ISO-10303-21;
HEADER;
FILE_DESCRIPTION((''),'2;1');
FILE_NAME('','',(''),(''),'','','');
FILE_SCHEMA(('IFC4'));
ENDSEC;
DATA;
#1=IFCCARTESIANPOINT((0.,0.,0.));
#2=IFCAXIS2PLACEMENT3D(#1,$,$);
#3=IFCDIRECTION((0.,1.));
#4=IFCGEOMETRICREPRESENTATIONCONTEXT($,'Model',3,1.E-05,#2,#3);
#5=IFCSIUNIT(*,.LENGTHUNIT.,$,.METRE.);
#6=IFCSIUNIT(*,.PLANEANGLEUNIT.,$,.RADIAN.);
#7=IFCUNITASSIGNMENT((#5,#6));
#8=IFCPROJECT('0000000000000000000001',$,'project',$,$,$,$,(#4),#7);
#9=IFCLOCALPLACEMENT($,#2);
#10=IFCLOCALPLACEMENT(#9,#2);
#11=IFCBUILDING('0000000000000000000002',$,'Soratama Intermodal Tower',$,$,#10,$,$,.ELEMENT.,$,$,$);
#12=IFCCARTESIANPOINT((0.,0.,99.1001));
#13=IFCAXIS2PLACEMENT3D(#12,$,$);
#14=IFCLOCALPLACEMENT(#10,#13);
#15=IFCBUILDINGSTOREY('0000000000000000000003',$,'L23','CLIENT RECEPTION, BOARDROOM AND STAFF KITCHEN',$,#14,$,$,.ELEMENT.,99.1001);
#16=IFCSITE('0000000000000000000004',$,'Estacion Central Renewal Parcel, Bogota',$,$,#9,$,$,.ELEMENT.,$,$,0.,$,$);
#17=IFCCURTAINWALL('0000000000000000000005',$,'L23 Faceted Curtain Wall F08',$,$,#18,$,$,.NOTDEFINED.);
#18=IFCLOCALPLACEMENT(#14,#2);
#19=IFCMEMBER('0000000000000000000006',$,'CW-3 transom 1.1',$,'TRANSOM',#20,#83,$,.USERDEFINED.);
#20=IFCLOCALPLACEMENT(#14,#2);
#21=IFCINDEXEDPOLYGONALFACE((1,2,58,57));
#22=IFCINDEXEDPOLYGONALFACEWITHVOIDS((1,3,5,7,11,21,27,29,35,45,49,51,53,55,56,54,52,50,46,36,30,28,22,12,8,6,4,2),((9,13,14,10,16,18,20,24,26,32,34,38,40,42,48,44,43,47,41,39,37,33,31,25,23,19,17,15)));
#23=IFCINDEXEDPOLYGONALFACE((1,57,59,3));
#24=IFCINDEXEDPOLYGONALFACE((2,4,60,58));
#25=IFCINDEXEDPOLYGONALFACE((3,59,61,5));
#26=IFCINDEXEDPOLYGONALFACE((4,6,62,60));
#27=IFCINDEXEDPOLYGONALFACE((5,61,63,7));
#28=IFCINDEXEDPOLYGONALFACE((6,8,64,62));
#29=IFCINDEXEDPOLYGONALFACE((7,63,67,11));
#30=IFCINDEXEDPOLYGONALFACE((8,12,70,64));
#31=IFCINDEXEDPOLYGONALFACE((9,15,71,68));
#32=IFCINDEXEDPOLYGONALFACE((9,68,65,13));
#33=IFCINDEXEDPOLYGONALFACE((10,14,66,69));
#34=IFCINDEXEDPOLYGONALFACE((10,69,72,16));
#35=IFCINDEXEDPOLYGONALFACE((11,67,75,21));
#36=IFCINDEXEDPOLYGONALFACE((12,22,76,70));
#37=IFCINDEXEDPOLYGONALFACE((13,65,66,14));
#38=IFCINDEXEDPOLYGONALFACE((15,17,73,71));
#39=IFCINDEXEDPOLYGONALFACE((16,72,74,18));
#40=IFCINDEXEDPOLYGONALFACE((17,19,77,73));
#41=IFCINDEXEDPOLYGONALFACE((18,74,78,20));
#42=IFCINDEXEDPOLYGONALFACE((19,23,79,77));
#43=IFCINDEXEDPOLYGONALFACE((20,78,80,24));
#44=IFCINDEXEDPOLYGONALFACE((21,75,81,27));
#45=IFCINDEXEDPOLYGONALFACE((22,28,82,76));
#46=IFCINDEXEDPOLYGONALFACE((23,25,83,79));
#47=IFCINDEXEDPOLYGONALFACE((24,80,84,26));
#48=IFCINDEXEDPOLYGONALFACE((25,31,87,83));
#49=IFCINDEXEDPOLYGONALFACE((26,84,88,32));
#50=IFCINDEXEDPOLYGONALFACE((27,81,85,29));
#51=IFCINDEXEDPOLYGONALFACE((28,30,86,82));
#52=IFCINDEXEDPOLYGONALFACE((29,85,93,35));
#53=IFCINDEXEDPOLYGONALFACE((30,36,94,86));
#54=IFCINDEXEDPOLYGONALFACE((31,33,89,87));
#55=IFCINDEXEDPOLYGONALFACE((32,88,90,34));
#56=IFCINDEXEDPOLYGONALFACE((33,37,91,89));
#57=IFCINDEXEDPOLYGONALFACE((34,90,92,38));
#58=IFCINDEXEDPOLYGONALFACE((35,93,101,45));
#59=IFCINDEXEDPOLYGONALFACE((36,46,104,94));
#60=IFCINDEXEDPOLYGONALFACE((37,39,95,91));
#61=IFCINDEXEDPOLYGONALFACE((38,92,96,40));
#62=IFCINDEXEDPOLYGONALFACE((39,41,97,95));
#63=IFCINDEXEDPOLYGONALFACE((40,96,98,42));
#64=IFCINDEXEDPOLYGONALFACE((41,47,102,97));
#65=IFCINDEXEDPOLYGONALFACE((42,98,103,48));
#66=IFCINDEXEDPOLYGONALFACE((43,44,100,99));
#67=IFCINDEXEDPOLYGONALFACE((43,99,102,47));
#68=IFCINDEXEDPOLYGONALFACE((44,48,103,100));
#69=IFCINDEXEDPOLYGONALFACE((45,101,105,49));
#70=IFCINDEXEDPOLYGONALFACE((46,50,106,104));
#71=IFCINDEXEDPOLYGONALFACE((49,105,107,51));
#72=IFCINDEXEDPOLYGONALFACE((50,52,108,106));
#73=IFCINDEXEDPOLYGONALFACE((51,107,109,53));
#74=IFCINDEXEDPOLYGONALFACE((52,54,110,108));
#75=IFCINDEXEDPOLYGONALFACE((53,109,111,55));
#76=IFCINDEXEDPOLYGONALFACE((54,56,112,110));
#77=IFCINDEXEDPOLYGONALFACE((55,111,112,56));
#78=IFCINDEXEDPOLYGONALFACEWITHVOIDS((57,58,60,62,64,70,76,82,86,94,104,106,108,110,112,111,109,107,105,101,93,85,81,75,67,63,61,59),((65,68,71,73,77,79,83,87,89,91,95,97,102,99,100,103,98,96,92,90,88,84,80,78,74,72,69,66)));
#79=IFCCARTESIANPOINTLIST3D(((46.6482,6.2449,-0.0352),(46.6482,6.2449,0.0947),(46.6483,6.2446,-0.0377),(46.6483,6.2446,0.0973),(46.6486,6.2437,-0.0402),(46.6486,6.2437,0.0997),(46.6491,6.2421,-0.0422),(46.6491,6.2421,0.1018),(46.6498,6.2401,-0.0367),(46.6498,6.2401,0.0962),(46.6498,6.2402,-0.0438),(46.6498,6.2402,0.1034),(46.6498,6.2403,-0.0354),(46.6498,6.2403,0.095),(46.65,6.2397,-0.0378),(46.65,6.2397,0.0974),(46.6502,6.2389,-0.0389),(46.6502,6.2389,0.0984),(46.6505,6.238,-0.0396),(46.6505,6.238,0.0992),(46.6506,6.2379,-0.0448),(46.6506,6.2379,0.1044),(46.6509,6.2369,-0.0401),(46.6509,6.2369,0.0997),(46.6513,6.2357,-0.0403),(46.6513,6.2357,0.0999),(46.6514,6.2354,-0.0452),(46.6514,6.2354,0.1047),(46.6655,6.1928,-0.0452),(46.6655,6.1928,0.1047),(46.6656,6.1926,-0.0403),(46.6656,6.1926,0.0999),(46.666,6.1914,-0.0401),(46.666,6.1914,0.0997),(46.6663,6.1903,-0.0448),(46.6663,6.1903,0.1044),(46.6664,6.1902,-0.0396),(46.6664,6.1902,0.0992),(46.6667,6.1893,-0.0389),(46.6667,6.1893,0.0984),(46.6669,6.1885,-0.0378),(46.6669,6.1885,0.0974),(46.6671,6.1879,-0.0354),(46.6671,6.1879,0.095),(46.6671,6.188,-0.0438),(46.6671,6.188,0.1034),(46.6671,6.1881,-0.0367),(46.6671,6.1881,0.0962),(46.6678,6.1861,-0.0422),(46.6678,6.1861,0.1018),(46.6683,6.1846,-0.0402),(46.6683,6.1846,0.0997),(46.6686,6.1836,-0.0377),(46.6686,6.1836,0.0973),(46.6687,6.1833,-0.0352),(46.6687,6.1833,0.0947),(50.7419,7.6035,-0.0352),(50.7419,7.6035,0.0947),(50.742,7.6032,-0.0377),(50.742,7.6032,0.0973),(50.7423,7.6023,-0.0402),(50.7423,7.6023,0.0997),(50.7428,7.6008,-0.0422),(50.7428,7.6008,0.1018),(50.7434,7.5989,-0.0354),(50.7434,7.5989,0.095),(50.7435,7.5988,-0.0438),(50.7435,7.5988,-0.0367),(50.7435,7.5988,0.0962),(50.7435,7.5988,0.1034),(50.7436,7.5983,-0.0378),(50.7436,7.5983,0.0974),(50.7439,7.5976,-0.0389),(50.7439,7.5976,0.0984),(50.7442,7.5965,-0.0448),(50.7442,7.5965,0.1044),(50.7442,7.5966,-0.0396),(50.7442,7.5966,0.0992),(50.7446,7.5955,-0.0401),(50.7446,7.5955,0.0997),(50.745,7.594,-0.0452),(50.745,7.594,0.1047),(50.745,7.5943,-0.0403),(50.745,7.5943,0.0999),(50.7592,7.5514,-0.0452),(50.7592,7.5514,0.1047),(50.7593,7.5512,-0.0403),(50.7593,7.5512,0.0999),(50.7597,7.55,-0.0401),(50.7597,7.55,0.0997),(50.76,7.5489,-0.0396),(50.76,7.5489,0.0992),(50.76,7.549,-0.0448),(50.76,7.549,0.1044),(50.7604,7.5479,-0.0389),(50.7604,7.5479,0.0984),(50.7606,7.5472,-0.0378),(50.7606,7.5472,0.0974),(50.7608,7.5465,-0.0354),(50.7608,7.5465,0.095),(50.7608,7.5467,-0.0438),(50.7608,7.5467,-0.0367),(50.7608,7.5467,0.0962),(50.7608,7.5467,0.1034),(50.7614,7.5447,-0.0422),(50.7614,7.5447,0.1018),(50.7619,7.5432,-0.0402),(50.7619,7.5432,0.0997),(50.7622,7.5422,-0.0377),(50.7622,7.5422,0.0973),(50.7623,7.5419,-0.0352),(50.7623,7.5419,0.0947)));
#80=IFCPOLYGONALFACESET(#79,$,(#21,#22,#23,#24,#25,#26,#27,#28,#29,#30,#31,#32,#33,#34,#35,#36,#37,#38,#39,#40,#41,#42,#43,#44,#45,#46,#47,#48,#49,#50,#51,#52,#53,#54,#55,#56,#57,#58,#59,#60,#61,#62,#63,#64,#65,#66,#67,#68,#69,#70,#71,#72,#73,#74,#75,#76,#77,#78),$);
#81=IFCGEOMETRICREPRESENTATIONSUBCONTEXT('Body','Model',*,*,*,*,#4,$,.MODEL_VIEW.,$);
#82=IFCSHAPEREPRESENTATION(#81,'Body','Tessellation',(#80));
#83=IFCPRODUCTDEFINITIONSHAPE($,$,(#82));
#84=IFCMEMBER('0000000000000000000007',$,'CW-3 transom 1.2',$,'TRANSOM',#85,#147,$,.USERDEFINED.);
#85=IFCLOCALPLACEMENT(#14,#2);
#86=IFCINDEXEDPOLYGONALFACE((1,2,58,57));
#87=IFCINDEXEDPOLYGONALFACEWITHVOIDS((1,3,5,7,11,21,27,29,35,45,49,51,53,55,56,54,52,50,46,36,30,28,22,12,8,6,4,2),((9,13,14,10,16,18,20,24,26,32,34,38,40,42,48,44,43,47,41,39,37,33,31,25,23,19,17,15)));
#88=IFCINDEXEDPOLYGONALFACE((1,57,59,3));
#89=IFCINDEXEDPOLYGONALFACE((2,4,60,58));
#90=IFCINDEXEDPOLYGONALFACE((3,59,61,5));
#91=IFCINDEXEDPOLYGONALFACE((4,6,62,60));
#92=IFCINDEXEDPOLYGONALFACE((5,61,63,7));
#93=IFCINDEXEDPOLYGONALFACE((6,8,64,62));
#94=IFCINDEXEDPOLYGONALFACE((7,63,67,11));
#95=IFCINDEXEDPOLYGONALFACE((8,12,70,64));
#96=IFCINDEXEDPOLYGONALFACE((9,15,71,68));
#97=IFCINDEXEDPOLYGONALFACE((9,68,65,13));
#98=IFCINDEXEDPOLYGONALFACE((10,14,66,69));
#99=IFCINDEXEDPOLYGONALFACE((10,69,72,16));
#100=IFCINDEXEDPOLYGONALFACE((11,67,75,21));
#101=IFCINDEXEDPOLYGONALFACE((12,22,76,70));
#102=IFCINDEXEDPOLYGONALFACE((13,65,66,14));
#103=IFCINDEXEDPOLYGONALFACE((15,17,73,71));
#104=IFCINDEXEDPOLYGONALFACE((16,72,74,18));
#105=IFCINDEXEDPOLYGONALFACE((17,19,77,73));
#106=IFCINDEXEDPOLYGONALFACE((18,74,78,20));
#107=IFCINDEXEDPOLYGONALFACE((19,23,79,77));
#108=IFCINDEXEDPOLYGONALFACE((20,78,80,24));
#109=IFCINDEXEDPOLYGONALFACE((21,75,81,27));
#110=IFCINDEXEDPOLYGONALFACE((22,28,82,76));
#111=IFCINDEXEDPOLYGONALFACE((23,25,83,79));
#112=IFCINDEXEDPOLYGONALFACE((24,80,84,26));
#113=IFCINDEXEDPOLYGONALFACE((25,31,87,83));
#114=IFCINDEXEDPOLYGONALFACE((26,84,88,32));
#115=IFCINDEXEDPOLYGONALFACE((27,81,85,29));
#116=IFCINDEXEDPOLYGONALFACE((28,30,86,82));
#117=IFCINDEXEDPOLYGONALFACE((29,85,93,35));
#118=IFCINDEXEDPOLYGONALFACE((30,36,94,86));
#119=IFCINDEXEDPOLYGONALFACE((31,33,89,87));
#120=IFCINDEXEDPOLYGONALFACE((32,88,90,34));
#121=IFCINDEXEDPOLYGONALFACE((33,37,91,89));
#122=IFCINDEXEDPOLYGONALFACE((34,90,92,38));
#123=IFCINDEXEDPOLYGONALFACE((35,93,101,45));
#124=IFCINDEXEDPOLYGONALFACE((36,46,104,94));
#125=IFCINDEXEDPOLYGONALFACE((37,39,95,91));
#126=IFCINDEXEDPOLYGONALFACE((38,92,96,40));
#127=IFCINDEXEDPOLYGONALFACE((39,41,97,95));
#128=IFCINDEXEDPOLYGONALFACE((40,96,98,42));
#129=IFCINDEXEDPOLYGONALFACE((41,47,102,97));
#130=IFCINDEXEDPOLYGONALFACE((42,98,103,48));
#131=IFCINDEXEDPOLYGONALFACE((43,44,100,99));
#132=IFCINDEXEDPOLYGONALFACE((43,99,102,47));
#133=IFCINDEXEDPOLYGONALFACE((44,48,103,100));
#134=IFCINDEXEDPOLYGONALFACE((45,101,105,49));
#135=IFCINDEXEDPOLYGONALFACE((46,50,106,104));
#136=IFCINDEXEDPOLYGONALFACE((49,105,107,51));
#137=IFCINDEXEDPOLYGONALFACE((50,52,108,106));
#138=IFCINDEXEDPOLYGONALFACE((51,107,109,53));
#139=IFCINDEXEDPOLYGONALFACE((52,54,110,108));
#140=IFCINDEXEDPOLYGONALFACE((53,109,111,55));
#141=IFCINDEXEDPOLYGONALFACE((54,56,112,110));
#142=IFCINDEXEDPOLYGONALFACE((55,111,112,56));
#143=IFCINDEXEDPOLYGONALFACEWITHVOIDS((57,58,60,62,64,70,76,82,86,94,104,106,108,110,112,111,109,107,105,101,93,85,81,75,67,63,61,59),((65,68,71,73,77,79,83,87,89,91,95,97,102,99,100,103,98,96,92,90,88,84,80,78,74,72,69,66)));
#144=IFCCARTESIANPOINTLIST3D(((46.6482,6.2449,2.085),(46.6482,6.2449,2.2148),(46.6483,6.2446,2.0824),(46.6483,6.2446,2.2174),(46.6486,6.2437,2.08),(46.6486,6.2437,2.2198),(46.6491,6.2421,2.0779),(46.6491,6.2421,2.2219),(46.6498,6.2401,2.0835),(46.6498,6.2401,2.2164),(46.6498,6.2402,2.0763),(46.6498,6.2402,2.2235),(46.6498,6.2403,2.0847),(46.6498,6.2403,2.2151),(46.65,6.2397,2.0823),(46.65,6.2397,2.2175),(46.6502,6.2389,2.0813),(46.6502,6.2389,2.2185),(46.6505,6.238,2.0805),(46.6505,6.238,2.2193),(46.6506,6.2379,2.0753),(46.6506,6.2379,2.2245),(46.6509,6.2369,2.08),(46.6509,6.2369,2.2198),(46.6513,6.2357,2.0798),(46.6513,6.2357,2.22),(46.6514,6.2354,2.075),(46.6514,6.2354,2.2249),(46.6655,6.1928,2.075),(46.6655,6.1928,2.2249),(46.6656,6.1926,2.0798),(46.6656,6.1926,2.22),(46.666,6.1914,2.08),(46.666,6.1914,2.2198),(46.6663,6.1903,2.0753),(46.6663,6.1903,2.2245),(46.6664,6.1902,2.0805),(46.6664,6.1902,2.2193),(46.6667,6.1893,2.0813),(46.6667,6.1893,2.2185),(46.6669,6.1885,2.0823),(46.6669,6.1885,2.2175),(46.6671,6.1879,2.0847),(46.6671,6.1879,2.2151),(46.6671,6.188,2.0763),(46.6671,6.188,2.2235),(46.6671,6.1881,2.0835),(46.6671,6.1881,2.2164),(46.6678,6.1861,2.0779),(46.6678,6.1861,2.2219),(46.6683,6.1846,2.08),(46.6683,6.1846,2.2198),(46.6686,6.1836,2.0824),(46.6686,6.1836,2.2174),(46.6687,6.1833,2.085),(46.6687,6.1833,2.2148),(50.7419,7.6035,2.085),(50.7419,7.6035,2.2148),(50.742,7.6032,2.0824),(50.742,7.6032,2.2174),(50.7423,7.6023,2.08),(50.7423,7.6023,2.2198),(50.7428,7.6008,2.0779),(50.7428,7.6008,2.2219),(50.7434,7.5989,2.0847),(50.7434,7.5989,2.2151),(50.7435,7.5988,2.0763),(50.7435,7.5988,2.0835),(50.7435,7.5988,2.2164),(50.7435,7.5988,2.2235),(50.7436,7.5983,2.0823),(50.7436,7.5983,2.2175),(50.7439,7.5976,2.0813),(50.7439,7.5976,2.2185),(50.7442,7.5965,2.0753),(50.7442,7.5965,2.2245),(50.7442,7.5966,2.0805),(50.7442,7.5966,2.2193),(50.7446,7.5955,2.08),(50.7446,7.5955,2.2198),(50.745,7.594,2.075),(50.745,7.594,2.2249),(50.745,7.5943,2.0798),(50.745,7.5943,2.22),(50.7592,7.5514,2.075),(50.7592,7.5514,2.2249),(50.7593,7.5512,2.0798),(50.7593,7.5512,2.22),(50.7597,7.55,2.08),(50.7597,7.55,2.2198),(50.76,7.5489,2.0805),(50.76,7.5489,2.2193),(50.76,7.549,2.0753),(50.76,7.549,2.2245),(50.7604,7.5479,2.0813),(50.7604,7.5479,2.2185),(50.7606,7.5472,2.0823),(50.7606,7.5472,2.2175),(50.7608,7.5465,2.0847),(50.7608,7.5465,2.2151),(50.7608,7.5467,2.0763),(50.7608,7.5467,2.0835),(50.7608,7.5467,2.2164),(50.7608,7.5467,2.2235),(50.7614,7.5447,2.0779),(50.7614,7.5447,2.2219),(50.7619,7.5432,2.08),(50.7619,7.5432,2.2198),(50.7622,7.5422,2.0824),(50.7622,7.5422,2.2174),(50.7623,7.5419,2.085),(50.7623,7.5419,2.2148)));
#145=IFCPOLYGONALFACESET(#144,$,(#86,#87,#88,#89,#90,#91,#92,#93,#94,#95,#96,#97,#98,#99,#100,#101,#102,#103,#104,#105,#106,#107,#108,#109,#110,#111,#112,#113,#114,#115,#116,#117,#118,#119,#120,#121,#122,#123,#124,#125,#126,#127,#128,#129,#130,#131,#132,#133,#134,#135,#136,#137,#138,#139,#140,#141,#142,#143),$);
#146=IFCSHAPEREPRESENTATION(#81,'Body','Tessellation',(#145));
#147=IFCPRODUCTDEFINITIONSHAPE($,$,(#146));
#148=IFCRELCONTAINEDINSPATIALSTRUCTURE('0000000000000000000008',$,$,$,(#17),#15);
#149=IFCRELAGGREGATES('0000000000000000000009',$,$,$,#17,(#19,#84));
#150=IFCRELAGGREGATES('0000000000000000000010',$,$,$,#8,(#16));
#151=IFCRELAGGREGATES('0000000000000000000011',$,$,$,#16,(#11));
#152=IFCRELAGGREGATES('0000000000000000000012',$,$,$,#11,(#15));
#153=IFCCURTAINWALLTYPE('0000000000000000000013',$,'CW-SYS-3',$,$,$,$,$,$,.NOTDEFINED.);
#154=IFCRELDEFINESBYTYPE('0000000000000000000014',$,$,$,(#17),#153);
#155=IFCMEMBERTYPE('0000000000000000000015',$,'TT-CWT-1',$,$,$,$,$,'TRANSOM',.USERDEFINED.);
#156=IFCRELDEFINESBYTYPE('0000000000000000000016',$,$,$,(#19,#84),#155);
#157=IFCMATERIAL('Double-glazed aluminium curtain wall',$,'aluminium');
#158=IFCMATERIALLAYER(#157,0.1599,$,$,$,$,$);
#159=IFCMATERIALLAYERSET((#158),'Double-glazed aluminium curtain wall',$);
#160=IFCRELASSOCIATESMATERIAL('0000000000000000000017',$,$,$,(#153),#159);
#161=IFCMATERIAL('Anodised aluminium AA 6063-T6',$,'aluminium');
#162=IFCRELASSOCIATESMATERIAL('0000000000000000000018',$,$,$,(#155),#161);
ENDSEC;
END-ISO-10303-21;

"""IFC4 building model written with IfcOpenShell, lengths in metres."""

from ifc_helpers import new_model, si_unit, direction, frame, origin, origin_2d, place, context, subcontext, project, spatial, hollow_rectangle, extrude, material, layer, layer_set, material_profile, profile_set, type_object, element, aggregate, save


model = new_model("IFC4")

# Units and contexts
model_context = context("Model", 3, precision=1e-05, world=origin(), true_north=direction((0.0, 1.0)))
body_context = subcontext(model_context, "Body", "Model", "MODEL_VIEW")
ifc_project = project(units=[si_unit("LENGTHUNIT", "METRE"), si_unit("PLANEANGLEUNIT", "RADIAN")], contexts=[model_context])

# Site, building, storey
site_placement = place(None, origin())
site = spatial("IfcSite", under=ifc_project, at=site_placement, Name="Estacion Central Renewal Parcel, Bogota", CompositionType="ELEMENT", RefElevation=0.0)
building_placement = place(site_placement, origin())
building = spatial("IfcBuilding", under=site, at=building_placement, Name="Soratama Intermodal Tower", CompositionType="ELEMENT")
storey_placement = place(building_placement, frame((0.0, 0.0, 99.1001)))
storey = spatial("IfcBuildingStorey", under=building, at=storey_placement, Name="L23", Description="CLIENT RECEPTION, BOARDROOM AND STAFF KITCHEN", CompositionType="ELEMENT", Elevation=99.1001)

# Shared definitions
ifc_material_1 = material(Name="Double-glazed aluminium curtain wall", Category="aluminium")
ifc_layer_1 = layer(ifc_material_1, 0.1599)
ifc_layer_set_1 = layer_set([ifc_layer_1], Name="Double-glazed aluminium curtain wall")
curtain_wall_type = type_object("IfcCurtainWallType", Name="CW-SYS-3", PredefinedType="NOTDEFINED", material=ifc_layer_set_1)

# Curtain wall, members
curtain_wall_1_placement = place(storey_placement, origin())
curtain_wall_1 = element("IfcCurtainWall", 1, at=curtain_wall_1_placement, inside=storey, type_object=curtain_wall_type, Name="L23 Faceted Curtain Wall F08", PredefinedType="NOTDEFINED")
ifc_material_2 = material(Name="Anodised aluminium AA 6063-T6", Category="aluminium")
ifc_material_profile_1 = material_profile(ifc_material_2, hollow_rectangle(XDim=0.0649, YDim=0.1499, WallThickness=0.0049, InnerFilletRadius=0.0049, OuterFilletRadius=0.01, at=origin_2d()), Name="CWT150X65X5")
ifc_profile_set_1 = profile_set([ifc_material_profile_1], Name="Anodised aluminium AA 6063-T6")
member_type_1 = type_object("IfcMemberType", Name="TT-CWT-1", ElementType="TRANSOM", PredefinedType="USERDEFINED", material=ifc_profile_set_1)
member_1_placement = place(storey_placement, frame((46.6584, 6.2141, 0.0298), z_axis=(0.949096, 0.314988, 0.0), x_axis=(-0.314988, 0.949096, 0.0)))
member_1 = element("IfcMember", 2, at=member_1_placement, type_object=member_type_1, Name="CW-3 transom 1.1", ObjectType="TRANSOM", PredefinedType="USERDEFINED", context=body_context, shape_type="SweptSolid", body=[
    extrude(hollow_rectangle(XDim=0.0649, YDim=0.1499, WallThickness=0.0049, InnerFilletRadius=0.0049, OuterFilletRadius=0.01, at=origin_2d()), origin(), (0.0, 0.0, 1.0), 4.3132),
])
member_2_placement = place(storey_placement, frame((46.6584, 6.2141, 2.1499), z_axis=(0.949096, 0.314988, 0.0), x_axis=(-0.314988, 0.949096, 0.0)))
member_2 = element("IfcMember", 3, at=member_2_placement, type_object=member_type_1, Name="CW-3 transom 1.2", ObjectType="TRANSOM", PredefinedType="USERDEFINED", context=body_context, shape_type="SweptSolid", body=[
    extrude(hollow_rectangle(XDim=0.0649, YDim=0.1499, WallThickness=0.0049, InnerFilletRadius=0.0049, OuterFilletRadius=0.01, at=origin_2d()), origin(), (0.0, 0.0, 1.0), 4.3132),
])

aggregate(curtain_wall_1, [member_1, member_2])

save(model, "model.ifc")
